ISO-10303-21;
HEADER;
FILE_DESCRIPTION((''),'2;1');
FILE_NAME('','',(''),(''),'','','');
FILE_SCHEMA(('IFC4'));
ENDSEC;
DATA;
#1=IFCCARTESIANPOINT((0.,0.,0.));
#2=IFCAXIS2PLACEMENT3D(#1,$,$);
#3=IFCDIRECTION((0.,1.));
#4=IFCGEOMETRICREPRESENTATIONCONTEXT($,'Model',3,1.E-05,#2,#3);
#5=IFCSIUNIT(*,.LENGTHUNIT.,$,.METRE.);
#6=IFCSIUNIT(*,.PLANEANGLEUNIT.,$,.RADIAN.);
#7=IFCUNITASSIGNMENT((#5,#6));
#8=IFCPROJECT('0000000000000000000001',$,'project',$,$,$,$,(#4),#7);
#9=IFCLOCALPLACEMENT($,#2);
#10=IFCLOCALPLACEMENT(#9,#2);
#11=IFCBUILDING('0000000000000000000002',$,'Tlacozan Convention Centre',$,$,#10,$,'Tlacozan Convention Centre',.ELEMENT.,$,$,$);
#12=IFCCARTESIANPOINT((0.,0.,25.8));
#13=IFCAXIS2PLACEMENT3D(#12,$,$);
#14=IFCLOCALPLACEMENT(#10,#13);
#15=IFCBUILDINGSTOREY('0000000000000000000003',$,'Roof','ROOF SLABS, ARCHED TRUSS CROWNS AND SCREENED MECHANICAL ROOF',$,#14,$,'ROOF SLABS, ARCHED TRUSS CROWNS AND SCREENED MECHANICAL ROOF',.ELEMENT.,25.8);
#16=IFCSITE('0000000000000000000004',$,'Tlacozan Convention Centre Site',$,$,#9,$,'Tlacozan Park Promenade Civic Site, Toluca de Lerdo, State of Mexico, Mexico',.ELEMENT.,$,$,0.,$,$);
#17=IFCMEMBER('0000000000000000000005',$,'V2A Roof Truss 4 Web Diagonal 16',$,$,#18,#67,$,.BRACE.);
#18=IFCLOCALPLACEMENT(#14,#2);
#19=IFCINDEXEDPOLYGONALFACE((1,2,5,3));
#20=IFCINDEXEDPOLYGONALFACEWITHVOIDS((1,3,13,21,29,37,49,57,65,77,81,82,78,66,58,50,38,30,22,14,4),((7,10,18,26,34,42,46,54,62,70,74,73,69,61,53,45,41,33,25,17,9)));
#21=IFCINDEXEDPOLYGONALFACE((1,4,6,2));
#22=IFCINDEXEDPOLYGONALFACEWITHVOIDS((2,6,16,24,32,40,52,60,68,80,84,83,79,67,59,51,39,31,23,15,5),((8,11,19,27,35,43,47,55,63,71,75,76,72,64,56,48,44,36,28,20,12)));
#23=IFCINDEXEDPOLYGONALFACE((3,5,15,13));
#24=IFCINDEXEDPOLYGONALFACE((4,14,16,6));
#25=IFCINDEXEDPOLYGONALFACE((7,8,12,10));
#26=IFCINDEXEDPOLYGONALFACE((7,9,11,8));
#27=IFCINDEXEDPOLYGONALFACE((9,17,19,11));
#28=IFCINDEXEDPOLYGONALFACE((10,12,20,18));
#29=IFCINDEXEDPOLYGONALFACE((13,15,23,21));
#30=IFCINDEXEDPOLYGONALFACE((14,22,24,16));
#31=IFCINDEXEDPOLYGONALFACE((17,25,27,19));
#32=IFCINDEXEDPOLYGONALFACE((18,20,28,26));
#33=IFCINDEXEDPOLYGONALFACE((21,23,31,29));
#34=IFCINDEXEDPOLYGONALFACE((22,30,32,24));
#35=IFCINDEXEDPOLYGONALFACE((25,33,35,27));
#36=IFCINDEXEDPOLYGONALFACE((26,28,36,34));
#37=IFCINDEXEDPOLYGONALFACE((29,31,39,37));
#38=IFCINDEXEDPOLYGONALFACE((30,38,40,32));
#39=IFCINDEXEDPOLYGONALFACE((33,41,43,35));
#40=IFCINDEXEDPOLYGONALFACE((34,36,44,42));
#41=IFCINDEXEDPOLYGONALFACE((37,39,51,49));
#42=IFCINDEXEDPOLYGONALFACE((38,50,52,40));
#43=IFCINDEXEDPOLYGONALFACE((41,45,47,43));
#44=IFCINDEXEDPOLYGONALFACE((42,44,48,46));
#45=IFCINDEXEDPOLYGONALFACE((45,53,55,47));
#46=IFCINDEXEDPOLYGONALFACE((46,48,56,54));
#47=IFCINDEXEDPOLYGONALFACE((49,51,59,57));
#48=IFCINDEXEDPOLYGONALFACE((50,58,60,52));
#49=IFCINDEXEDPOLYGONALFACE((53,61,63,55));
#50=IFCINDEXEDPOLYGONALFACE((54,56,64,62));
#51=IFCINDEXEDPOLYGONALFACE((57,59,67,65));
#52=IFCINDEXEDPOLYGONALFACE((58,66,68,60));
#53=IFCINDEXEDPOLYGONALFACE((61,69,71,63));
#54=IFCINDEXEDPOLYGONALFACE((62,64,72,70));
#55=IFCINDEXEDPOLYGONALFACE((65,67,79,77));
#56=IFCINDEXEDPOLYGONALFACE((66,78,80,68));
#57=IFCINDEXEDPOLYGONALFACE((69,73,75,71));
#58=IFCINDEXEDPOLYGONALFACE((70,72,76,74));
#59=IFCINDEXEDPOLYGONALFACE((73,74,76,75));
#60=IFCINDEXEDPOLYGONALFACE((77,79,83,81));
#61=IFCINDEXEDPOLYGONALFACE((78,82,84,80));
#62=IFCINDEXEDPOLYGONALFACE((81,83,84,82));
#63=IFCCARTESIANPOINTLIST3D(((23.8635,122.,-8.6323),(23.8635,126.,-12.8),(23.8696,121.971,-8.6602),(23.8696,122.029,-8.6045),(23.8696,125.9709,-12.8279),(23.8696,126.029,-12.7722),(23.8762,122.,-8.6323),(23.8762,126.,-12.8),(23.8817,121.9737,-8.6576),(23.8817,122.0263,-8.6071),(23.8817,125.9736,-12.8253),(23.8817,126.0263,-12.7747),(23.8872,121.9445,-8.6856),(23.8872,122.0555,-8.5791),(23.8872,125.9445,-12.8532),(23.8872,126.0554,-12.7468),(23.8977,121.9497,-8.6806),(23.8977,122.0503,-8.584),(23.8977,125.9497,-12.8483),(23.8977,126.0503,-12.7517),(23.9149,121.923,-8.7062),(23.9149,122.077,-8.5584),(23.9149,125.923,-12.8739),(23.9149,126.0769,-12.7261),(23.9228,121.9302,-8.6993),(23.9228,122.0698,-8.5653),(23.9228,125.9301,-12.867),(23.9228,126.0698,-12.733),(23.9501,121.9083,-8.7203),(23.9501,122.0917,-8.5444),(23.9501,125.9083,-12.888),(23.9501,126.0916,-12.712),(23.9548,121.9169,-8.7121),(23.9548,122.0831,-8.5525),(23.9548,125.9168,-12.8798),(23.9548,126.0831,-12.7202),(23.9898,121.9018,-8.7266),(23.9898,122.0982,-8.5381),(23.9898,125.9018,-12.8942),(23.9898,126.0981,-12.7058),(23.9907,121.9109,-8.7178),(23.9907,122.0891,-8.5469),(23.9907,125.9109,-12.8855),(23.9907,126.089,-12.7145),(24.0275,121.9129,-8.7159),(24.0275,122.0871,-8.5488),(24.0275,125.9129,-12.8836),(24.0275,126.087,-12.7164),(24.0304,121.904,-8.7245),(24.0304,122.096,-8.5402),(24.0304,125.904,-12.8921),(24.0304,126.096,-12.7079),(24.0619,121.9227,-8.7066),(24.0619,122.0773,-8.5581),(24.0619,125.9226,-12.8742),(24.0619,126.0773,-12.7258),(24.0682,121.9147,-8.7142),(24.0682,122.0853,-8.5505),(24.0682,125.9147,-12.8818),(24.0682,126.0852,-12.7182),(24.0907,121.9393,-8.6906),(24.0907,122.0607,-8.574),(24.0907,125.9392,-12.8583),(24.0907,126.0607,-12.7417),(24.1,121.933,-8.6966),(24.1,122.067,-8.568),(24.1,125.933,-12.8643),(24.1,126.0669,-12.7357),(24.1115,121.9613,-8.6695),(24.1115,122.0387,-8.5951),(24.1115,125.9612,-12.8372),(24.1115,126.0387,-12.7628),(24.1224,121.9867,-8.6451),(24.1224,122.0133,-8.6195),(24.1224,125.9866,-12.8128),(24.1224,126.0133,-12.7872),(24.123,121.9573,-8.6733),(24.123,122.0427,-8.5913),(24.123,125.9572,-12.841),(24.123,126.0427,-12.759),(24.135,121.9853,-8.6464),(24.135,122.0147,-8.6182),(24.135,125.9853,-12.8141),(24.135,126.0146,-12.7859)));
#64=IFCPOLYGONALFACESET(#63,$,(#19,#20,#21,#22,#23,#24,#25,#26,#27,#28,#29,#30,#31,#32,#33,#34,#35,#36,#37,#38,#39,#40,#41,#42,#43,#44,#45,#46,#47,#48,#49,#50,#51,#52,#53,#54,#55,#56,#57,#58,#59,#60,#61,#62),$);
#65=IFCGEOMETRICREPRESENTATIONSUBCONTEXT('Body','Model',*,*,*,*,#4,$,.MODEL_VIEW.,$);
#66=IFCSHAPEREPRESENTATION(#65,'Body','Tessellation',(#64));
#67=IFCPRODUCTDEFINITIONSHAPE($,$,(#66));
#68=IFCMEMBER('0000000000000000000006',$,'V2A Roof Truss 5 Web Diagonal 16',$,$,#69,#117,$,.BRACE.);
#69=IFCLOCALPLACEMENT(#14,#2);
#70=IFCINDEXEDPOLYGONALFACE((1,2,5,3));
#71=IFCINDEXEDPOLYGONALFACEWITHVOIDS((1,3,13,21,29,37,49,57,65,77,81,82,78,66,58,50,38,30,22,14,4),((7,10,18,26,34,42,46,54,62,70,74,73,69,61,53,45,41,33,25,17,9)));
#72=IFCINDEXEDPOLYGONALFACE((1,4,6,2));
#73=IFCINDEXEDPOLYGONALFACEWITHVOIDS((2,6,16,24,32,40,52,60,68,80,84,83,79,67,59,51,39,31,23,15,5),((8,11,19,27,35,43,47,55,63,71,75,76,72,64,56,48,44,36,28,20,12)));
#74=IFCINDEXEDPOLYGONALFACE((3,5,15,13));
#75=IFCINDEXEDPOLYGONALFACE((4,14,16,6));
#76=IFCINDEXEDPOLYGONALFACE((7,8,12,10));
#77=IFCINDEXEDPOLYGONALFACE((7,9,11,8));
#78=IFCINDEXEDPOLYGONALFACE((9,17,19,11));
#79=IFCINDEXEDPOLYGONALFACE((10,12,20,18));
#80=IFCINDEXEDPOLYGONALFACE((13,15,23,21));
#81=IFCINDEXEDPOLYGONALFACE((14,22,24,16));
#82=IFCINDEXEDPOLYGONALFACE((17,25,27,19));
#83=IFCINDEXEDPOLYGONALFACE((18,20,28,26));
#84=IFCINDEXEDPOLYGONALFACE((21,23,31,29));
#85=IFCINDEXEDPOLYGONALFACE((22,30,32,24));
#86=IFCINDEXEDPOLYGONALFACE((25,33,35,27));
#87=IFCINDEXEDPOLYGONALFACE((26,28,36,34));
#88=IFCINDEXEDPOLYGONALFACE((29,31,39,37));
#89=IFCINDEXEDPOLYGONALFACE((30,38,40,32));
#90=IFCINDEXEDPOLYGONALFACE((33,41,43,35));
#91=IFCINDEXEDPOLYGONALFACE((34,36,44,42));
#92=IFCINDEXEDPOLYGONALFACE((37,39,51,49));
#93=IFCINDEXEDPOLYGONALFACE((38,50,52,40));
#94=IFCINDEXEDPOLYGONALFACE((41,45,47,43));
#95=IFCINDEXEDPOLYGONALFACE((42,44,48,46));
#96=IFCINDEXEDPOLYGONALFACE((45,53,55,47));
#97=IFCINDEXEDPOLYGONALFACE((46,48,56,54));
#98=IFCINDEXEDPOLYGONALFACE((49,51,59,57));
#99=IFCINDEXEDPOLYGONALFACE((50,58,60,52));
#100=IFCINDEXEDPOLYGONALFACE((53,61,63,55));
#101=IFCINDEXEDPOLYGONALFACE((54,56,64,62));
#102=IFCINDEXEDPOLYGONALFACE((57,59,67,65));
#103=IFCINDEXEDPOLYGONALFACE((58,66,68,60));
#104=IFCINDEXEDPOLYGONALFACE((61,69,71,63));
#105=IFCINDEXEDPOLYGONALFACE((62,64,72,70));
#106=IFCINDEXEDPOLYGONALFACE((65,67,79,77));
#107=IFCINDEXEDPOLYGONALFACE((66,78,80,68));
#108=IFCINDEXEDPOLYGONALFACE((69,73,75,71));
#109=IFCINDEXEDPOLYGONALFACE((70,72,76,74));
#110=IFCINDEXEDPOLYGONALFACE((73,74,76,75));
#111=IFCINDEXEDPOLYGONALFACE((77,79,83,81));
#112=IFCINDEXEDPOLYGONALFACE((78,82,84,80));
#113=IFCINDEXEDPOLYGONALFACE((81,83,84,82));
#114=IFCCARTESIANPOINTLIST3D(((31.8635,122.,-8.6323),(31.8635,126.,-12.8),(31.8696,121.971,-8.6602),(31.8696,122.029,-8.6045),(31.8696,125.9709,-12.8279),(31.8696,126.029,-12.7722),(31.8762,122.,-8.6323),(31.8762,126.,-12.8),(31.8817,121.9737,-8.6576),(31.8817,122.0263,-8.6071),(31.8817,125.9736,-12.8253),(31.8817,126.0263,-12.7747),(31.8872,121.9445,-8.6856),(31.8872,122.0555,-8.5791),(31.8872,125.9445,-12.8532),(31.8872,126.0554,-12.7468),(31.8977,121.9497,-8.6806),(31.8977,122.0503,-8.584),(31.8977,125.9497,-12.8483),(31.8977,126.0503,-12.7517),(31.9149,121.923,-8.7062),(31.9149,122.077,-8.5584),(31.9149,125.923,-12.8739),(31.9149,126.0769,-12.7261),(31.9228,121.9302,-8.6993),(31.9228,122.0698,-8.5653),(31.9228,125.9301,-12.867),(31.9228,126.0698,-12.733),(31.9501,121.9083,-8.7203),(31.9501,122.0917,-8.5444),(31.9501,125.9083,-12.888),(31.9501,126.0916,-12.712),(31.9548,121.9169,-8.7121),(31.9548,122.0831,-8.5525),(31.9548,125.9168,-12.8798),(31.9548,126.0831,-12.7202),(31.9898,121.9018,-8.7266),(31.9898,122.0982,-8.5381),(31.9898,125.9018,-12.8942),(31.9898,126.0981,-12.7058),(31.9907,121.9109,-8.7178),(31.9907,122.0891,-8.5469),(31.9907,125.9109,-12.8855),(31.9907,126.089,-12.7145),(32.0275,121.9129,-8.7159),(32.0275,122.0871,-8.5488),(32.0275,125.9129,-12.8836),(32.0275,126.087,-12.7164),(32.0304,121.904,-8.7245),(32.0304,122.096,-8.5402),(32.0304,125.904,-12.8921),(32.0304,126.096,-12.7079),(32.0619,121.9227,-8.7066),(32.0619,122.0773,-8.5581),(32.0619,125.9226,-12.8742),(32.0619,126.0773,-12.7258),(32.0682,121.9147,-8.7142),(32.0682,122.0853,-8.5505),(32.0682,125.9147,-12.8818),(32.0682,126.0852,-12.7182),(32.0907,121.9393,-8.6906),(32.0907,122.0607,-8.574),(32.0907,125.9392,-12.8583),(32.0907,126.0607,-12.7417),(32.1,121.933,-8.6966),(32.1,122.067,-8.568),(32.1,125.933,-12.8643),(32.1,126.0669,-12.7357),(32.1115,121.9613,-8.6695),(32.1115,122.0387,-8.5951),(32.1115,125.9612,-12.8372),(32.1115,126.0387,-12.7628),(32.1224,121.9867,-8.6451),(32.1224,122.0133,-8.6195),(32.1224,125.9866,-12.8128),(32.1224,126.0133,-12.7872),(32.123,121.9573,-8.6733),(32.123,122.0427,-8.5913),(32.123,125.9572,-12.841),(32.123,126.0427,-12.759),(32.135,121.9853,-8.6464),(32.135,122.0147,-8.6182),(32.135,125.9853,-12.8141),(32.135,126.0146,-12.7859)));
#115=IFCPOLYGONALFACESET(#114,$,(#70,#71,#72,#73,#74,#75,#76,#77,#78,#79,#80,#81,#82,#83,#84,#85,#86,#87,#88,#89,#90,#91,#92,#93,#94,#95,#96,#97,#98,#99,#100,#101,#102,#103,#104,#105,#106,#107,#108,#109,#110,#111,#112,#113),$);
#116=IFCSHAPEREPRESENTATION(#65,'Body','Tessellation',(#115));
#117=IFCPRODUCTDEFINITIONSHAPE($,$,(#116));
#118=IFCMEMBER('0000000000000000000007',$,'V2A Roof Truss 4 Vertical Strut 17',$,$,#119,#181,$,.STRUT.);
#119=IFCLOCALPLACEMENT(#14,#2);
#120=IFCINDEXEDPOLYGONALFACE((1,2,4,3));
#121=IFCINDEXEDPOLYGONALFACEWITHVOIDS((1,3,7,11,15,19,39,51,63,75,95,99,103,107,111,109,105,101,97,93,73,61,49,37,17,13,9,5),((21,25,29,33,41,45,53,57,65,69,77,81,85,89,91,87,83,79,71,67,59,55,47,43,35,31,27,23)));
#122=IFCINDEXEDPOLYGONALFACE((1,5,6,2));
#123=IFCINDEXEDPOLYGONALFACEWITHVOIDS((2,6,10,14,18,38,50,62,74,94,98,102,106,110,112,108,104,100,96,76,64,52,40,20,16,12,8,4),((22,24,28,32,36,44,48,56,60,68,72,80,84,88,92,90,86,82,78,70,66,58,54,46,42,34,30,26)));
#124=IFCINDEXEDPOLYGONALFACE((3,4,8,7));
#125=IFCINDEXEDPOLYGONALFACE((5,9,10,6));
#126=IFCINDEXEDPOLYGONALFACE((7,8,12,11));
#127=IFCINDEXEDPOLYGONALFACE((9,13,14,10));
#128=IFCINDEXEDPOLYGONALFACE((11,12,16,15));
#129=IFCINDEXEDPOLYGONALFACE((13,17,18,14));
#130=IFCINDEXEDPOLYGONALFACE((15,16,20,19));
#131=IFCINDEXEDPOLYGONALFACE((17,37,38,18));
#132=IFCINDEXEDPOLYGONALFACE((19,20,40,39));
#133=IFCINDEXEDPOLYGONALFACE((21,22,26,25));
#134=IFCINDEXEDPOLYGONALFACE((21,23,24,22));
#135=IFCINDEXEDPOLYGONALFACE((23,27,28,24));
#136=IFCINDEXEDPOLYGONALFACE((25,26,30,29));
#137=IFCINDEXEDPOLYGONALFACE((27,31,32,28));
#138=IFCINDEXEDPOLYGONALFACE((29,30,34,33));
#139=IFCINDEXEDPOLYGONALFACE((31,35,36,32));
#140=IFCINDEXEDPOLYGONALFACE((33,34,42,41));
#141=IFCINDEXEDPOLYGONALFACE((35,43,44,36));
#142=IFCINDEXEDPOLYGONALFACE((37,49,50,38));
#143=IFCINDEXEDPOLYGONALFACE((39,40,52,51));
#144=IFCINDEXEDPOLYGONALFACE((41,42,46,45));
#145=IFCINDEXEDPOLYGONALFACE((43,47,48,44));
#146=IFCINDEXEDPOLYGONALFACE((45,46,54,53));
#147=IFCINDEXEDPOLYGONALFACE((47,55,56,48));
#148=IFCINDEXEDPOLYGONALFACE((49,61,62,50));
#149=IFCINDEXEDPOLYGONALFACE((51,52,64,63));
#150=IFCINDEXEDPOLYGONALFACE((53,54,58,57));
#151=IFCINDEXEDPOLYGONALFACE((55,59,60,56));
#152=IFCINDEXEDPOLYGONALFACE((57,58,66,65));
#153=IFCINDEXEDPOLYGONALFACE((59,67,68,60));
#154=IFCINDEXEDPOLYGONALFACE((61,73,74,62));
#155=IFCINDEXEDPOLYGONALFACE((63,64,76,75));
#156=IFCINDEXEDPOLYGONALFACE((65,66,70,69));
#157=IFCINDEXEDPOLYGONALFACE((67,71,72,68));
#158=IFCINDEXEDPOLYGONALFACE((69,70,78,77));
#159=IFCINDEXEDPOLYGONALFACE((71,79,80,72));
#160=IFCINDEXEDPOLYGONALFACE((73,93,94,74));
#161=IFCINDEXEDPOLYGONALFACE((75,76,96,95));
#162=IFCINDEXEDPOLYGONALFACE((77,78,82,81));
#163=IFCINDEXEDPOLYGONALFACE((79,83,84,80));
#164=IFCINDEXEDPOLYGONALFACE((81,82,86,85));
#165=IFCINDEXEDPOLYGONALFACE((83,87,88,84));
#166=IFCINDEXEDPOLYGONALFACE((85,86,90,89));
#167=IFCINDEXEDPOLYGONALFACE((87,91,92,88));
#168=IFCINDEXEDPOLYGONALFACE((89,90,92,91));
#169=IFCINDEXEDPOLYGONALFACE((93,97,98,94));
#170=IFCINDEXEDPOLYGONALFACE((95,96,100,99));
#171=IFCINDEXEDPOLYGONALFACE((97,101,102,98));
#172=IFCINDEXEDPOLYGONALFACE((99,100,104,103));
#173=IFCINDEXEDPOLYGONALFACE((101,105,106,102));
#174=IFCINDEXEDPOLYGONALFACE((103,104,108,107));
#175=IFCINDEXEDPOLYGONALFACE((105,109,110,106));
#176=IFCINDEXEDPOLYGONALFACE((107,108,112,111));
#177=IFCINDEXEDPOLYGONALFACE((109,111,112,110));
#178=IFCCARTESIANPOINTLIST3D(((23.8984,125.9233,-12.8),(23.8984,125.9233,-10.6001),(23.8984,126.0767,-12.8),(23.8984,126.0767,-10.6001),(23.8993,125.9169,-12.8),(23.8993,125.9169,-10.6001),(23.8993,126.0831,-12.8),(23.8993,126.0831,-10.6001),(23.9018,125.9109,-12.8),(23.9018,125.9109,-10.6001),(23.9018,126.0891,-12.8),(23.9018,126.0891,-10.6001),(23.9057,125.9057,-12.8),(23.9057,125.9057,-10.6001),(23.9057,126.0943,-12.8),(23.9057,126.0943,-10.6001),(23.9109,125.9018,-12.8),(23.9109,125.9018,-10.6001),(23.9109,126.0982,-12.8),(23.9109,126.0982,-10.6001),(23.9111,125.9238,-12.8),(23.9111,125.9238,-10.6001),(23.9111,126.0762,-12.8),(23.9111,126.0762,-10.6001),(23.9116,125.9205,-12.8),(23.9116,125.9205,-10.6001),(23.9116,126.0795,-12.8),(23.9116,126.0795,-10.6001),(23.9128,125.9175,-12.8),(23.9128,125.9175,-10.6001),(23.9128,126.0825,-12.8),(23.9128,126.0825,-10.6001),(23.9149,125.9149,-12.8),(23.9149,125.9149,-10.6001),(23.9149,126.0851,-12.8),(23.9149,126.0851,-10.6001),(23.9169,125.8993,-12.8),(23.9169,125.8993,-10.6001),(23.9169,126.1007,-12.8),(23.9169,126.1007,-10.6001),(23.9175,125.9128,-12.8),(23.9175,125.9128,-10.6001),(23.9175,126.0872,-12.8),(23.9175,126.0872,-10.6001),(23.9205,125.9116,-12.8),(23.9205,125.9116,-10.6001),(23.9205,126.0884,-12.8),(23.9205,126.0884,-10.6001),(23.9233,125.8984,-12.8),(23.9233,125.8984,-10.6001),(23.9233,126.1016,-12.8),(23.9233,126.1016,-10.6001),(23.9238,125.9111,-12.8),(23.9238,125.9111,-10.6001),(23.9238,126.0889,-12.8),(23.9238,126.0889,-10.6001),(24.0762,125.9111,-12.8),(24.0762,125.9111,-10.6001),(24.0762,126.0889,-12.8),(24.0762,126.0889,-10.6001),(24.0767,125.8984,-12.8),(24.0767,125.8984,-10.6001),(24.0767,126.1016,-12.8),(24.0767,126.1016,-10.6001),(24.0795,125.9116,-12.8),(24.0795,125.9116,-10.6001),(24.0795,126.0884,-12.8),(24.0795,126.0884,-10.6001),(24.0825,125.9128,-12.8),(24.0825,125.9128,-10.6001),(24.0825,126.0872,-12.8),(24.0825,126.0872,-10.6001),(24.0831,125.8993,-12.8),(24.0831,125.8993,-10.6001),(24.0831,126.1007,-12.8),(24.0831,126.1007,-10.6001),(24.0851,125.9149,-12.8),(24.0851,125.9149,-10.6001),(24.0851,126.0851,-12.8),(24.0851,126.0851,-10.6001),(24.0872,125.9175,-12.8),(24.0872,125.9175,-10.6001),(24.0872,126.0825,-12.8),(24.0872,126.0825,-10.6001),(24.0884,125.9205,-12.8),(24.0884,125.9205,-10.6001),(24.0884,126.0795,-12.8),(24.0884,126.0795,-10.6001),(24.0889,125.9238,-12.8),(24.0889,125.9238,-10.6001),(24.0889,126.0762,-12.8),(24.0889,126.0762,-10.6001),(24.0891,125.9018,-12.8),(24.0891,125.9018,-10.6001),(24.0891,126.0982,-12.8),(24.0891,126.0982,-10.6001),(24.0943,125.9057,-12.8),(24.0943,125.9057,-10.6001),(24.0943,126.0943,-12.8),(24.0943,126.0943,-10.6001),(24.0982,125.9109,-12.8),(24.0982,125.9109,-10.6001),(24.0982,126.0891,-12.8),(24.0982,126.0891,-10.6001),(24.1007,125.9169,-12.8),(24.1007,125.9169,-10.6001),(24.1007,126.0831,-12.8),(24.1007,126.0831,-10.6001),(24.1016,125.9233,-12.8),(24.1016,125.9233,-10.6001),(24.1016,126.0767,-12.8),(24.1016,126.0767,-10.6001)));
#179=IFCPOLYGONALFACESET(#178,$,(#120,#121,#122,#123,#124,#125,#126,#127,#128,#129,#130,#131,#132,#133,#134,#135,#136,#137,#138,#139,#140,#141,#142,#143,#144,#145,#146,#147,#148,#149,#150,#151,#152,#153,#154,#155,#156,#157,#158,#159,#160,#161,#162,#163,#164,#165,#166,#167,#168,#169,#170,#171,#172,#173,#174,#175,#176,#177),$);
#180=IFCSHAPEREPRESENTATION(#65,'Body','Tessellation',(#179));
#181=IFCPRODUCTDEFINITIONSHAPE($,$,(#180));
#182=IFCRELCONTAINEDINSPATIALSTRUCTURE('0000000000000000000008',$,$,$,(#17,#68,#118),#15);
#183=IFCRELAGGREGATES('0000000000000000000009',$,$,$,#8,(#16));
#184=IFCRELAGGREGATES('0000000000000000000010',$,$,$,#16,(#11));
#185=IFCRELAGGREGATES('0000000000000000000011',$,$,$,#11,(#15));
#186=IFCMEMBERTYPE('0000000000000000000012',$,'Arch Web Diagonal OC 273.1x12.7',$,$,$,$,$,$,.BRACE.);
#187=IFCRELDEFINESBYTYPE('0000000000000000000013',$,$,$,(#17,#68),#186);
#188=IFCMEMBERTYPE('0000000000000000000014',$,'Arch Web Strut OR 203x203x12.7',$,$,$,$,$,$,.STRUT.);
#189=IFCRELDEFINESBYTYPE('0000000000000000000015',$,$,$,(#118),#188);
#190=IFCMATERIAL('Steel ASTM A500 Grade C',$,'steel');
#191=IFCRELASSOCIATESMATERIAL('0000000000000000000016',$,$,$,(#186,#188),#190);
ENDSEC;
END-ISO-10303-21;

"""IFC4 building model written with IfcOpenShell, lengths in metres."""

from ifc_helpers import new_model, si_unit, direction, frame, origin, origin_2d, place, context, subcontext, project, spatial, hollow_rectangle, hollow_circle, extrude, material, material_profile, profile_set, type_object, element, save


model = new_model("IFC4")

# Units and contexts
model_context = context("Model", 3, precision=1e-05, world=origin(), true_north=direction((0.0, 1.0)))
body_context = subcontext(model_context, "Body", "Model", "MODEL_VIEW")
ifc_project = project(units=[si_unit("LENGTHUNIT", "METRE"), si_unit("PLANEANGLEUNIT", "RADIAN")], contexts=[model_context])

# Site, building, storey
site_placement = place(None, origin())
site = spatial("IfcSite", under=ifc_project, at=site_placement, Name="Tlacozan Convention Centre Site", LongName="Tlacozan Park Promenade Civic Site, Toluca de Lerdo, State of Mexico, Mexico", CompositionType="ELEMENT", RefElevation=0.0)
building_placement = place(site_placement, origin())
building = spatial("IfcBuilding", under=site, at=building_placement, Name="Tlacozan Convention Centre", LongName="Tlacozan Convention Centre", CompositionType="ELEMENT")
storey_placement = place(building_placement, frame((0.0, 0.0, 25.8)))
storey = spatial("IfcBuildingStorey", under=building, at=storey_placement, Name="Roof", Description="ROOF SLABS, ARCHED TRUSS CROWNS AND SCREENED MECHANICAL ROOF", LongName="ROOF SLABS, ARCHED TRUSS CROWNS AND SCREENED MECHANICAL ROOF", CompositionType="ELEMENT", Elevation=25.8)

# Members
ifc_material_1 = material(Name="Steel ASTM A500 Grade C", Category="steel")
ifc_material_profile_1 = material_profile(ifc_material_1, hollow_circle(Radius=0.1365, WallThickness=0.0127, at=origin_2d()), Name="OC 273.1x12.7")
ifc_profile_set_1 = profile_set([ifc_material_profile_1], Name="Steel ASTM A500 Grade C")
member_type_1 = type_object("IfcMemberType", Name="Arch Web Diagonal OC 273.1x12.7", PredefinedType="BRACE", material=ifc_profile_set_1)
for number, where, z_axis, x_axis, name in (
    (1, (24.0, 122.0, -8.6323), (0.0, 0.69244, -0.721475), (-1.0, 0.0, 0.0), "V2A Roof Truss 4 Web Diagonal 16"),
    (2, (32.0, 122.0, -8.6323), (0.0, 0.69244, -0.721475), (-1.0, 0.0, 0.0), "V2A Roof Truss 5 Web Diagonal 16"),
):
    element("IfcMember", number, at=place(storey_placement, frame(where, z_axis=z_axis, x_axis=x_axis)), inside=storey, type_object=member_type_1, Name=name, PredefinedType="BRACE", context=body_context, shape_type="SweptSolid", body=[
        extrude(hollow_circle(Radius=0.1365, WallThickness=0.0127, at=origin_2d()), origin(), (0.0, 0.0, 1.0), 5.7766),
    ])
ifc_material_profile_2 = material_profile(ifc_material_1, hollow_rectangle(XDim=0.2031, YDim=0.2031, WallThickness=0.0127, InnerFilletRadius=0.0127, OuterFilletRadius=0.0249, at=origin_2d()), Name="OR 203x203x12.7")
ifc_profile_set_2 = profile_set([ifc_material_profile_2], Name="Steel ASTM A500 Grade C")
member_type_2 = type_object("IfcMemberType", Name="Arch Web Strut OR 203x203x12.7", PredefinedType="STRUT", material=ifc_profile_set_2)
member_1_placement = place(storey_placement, frame((24.0, 126.0, -12.8), z_axis=(0.0, 0.0, 1.0), x_axis=(1.0, 0.0, 0.0)))
element("IfcMember", 3, at=member_1_placement, inside=storey, type_object=member_type_2, Name="V2A Roof Truss 4 Vertical Strut 17", PredefinedType="STRUT", context=body_context, shape_type="SweptSolid", body=[
    extrude(hollow_rectangle(XDim=0.2031, YDim=0.2031, WallThickness=0.0127, InnerFilletRadius=0.0127, OuterFilletRadius=0.0249, at=origin_2d()), origin(), (0.0, 0.0, 1.0), 2.2),
])

save(model, "model.ifc")
